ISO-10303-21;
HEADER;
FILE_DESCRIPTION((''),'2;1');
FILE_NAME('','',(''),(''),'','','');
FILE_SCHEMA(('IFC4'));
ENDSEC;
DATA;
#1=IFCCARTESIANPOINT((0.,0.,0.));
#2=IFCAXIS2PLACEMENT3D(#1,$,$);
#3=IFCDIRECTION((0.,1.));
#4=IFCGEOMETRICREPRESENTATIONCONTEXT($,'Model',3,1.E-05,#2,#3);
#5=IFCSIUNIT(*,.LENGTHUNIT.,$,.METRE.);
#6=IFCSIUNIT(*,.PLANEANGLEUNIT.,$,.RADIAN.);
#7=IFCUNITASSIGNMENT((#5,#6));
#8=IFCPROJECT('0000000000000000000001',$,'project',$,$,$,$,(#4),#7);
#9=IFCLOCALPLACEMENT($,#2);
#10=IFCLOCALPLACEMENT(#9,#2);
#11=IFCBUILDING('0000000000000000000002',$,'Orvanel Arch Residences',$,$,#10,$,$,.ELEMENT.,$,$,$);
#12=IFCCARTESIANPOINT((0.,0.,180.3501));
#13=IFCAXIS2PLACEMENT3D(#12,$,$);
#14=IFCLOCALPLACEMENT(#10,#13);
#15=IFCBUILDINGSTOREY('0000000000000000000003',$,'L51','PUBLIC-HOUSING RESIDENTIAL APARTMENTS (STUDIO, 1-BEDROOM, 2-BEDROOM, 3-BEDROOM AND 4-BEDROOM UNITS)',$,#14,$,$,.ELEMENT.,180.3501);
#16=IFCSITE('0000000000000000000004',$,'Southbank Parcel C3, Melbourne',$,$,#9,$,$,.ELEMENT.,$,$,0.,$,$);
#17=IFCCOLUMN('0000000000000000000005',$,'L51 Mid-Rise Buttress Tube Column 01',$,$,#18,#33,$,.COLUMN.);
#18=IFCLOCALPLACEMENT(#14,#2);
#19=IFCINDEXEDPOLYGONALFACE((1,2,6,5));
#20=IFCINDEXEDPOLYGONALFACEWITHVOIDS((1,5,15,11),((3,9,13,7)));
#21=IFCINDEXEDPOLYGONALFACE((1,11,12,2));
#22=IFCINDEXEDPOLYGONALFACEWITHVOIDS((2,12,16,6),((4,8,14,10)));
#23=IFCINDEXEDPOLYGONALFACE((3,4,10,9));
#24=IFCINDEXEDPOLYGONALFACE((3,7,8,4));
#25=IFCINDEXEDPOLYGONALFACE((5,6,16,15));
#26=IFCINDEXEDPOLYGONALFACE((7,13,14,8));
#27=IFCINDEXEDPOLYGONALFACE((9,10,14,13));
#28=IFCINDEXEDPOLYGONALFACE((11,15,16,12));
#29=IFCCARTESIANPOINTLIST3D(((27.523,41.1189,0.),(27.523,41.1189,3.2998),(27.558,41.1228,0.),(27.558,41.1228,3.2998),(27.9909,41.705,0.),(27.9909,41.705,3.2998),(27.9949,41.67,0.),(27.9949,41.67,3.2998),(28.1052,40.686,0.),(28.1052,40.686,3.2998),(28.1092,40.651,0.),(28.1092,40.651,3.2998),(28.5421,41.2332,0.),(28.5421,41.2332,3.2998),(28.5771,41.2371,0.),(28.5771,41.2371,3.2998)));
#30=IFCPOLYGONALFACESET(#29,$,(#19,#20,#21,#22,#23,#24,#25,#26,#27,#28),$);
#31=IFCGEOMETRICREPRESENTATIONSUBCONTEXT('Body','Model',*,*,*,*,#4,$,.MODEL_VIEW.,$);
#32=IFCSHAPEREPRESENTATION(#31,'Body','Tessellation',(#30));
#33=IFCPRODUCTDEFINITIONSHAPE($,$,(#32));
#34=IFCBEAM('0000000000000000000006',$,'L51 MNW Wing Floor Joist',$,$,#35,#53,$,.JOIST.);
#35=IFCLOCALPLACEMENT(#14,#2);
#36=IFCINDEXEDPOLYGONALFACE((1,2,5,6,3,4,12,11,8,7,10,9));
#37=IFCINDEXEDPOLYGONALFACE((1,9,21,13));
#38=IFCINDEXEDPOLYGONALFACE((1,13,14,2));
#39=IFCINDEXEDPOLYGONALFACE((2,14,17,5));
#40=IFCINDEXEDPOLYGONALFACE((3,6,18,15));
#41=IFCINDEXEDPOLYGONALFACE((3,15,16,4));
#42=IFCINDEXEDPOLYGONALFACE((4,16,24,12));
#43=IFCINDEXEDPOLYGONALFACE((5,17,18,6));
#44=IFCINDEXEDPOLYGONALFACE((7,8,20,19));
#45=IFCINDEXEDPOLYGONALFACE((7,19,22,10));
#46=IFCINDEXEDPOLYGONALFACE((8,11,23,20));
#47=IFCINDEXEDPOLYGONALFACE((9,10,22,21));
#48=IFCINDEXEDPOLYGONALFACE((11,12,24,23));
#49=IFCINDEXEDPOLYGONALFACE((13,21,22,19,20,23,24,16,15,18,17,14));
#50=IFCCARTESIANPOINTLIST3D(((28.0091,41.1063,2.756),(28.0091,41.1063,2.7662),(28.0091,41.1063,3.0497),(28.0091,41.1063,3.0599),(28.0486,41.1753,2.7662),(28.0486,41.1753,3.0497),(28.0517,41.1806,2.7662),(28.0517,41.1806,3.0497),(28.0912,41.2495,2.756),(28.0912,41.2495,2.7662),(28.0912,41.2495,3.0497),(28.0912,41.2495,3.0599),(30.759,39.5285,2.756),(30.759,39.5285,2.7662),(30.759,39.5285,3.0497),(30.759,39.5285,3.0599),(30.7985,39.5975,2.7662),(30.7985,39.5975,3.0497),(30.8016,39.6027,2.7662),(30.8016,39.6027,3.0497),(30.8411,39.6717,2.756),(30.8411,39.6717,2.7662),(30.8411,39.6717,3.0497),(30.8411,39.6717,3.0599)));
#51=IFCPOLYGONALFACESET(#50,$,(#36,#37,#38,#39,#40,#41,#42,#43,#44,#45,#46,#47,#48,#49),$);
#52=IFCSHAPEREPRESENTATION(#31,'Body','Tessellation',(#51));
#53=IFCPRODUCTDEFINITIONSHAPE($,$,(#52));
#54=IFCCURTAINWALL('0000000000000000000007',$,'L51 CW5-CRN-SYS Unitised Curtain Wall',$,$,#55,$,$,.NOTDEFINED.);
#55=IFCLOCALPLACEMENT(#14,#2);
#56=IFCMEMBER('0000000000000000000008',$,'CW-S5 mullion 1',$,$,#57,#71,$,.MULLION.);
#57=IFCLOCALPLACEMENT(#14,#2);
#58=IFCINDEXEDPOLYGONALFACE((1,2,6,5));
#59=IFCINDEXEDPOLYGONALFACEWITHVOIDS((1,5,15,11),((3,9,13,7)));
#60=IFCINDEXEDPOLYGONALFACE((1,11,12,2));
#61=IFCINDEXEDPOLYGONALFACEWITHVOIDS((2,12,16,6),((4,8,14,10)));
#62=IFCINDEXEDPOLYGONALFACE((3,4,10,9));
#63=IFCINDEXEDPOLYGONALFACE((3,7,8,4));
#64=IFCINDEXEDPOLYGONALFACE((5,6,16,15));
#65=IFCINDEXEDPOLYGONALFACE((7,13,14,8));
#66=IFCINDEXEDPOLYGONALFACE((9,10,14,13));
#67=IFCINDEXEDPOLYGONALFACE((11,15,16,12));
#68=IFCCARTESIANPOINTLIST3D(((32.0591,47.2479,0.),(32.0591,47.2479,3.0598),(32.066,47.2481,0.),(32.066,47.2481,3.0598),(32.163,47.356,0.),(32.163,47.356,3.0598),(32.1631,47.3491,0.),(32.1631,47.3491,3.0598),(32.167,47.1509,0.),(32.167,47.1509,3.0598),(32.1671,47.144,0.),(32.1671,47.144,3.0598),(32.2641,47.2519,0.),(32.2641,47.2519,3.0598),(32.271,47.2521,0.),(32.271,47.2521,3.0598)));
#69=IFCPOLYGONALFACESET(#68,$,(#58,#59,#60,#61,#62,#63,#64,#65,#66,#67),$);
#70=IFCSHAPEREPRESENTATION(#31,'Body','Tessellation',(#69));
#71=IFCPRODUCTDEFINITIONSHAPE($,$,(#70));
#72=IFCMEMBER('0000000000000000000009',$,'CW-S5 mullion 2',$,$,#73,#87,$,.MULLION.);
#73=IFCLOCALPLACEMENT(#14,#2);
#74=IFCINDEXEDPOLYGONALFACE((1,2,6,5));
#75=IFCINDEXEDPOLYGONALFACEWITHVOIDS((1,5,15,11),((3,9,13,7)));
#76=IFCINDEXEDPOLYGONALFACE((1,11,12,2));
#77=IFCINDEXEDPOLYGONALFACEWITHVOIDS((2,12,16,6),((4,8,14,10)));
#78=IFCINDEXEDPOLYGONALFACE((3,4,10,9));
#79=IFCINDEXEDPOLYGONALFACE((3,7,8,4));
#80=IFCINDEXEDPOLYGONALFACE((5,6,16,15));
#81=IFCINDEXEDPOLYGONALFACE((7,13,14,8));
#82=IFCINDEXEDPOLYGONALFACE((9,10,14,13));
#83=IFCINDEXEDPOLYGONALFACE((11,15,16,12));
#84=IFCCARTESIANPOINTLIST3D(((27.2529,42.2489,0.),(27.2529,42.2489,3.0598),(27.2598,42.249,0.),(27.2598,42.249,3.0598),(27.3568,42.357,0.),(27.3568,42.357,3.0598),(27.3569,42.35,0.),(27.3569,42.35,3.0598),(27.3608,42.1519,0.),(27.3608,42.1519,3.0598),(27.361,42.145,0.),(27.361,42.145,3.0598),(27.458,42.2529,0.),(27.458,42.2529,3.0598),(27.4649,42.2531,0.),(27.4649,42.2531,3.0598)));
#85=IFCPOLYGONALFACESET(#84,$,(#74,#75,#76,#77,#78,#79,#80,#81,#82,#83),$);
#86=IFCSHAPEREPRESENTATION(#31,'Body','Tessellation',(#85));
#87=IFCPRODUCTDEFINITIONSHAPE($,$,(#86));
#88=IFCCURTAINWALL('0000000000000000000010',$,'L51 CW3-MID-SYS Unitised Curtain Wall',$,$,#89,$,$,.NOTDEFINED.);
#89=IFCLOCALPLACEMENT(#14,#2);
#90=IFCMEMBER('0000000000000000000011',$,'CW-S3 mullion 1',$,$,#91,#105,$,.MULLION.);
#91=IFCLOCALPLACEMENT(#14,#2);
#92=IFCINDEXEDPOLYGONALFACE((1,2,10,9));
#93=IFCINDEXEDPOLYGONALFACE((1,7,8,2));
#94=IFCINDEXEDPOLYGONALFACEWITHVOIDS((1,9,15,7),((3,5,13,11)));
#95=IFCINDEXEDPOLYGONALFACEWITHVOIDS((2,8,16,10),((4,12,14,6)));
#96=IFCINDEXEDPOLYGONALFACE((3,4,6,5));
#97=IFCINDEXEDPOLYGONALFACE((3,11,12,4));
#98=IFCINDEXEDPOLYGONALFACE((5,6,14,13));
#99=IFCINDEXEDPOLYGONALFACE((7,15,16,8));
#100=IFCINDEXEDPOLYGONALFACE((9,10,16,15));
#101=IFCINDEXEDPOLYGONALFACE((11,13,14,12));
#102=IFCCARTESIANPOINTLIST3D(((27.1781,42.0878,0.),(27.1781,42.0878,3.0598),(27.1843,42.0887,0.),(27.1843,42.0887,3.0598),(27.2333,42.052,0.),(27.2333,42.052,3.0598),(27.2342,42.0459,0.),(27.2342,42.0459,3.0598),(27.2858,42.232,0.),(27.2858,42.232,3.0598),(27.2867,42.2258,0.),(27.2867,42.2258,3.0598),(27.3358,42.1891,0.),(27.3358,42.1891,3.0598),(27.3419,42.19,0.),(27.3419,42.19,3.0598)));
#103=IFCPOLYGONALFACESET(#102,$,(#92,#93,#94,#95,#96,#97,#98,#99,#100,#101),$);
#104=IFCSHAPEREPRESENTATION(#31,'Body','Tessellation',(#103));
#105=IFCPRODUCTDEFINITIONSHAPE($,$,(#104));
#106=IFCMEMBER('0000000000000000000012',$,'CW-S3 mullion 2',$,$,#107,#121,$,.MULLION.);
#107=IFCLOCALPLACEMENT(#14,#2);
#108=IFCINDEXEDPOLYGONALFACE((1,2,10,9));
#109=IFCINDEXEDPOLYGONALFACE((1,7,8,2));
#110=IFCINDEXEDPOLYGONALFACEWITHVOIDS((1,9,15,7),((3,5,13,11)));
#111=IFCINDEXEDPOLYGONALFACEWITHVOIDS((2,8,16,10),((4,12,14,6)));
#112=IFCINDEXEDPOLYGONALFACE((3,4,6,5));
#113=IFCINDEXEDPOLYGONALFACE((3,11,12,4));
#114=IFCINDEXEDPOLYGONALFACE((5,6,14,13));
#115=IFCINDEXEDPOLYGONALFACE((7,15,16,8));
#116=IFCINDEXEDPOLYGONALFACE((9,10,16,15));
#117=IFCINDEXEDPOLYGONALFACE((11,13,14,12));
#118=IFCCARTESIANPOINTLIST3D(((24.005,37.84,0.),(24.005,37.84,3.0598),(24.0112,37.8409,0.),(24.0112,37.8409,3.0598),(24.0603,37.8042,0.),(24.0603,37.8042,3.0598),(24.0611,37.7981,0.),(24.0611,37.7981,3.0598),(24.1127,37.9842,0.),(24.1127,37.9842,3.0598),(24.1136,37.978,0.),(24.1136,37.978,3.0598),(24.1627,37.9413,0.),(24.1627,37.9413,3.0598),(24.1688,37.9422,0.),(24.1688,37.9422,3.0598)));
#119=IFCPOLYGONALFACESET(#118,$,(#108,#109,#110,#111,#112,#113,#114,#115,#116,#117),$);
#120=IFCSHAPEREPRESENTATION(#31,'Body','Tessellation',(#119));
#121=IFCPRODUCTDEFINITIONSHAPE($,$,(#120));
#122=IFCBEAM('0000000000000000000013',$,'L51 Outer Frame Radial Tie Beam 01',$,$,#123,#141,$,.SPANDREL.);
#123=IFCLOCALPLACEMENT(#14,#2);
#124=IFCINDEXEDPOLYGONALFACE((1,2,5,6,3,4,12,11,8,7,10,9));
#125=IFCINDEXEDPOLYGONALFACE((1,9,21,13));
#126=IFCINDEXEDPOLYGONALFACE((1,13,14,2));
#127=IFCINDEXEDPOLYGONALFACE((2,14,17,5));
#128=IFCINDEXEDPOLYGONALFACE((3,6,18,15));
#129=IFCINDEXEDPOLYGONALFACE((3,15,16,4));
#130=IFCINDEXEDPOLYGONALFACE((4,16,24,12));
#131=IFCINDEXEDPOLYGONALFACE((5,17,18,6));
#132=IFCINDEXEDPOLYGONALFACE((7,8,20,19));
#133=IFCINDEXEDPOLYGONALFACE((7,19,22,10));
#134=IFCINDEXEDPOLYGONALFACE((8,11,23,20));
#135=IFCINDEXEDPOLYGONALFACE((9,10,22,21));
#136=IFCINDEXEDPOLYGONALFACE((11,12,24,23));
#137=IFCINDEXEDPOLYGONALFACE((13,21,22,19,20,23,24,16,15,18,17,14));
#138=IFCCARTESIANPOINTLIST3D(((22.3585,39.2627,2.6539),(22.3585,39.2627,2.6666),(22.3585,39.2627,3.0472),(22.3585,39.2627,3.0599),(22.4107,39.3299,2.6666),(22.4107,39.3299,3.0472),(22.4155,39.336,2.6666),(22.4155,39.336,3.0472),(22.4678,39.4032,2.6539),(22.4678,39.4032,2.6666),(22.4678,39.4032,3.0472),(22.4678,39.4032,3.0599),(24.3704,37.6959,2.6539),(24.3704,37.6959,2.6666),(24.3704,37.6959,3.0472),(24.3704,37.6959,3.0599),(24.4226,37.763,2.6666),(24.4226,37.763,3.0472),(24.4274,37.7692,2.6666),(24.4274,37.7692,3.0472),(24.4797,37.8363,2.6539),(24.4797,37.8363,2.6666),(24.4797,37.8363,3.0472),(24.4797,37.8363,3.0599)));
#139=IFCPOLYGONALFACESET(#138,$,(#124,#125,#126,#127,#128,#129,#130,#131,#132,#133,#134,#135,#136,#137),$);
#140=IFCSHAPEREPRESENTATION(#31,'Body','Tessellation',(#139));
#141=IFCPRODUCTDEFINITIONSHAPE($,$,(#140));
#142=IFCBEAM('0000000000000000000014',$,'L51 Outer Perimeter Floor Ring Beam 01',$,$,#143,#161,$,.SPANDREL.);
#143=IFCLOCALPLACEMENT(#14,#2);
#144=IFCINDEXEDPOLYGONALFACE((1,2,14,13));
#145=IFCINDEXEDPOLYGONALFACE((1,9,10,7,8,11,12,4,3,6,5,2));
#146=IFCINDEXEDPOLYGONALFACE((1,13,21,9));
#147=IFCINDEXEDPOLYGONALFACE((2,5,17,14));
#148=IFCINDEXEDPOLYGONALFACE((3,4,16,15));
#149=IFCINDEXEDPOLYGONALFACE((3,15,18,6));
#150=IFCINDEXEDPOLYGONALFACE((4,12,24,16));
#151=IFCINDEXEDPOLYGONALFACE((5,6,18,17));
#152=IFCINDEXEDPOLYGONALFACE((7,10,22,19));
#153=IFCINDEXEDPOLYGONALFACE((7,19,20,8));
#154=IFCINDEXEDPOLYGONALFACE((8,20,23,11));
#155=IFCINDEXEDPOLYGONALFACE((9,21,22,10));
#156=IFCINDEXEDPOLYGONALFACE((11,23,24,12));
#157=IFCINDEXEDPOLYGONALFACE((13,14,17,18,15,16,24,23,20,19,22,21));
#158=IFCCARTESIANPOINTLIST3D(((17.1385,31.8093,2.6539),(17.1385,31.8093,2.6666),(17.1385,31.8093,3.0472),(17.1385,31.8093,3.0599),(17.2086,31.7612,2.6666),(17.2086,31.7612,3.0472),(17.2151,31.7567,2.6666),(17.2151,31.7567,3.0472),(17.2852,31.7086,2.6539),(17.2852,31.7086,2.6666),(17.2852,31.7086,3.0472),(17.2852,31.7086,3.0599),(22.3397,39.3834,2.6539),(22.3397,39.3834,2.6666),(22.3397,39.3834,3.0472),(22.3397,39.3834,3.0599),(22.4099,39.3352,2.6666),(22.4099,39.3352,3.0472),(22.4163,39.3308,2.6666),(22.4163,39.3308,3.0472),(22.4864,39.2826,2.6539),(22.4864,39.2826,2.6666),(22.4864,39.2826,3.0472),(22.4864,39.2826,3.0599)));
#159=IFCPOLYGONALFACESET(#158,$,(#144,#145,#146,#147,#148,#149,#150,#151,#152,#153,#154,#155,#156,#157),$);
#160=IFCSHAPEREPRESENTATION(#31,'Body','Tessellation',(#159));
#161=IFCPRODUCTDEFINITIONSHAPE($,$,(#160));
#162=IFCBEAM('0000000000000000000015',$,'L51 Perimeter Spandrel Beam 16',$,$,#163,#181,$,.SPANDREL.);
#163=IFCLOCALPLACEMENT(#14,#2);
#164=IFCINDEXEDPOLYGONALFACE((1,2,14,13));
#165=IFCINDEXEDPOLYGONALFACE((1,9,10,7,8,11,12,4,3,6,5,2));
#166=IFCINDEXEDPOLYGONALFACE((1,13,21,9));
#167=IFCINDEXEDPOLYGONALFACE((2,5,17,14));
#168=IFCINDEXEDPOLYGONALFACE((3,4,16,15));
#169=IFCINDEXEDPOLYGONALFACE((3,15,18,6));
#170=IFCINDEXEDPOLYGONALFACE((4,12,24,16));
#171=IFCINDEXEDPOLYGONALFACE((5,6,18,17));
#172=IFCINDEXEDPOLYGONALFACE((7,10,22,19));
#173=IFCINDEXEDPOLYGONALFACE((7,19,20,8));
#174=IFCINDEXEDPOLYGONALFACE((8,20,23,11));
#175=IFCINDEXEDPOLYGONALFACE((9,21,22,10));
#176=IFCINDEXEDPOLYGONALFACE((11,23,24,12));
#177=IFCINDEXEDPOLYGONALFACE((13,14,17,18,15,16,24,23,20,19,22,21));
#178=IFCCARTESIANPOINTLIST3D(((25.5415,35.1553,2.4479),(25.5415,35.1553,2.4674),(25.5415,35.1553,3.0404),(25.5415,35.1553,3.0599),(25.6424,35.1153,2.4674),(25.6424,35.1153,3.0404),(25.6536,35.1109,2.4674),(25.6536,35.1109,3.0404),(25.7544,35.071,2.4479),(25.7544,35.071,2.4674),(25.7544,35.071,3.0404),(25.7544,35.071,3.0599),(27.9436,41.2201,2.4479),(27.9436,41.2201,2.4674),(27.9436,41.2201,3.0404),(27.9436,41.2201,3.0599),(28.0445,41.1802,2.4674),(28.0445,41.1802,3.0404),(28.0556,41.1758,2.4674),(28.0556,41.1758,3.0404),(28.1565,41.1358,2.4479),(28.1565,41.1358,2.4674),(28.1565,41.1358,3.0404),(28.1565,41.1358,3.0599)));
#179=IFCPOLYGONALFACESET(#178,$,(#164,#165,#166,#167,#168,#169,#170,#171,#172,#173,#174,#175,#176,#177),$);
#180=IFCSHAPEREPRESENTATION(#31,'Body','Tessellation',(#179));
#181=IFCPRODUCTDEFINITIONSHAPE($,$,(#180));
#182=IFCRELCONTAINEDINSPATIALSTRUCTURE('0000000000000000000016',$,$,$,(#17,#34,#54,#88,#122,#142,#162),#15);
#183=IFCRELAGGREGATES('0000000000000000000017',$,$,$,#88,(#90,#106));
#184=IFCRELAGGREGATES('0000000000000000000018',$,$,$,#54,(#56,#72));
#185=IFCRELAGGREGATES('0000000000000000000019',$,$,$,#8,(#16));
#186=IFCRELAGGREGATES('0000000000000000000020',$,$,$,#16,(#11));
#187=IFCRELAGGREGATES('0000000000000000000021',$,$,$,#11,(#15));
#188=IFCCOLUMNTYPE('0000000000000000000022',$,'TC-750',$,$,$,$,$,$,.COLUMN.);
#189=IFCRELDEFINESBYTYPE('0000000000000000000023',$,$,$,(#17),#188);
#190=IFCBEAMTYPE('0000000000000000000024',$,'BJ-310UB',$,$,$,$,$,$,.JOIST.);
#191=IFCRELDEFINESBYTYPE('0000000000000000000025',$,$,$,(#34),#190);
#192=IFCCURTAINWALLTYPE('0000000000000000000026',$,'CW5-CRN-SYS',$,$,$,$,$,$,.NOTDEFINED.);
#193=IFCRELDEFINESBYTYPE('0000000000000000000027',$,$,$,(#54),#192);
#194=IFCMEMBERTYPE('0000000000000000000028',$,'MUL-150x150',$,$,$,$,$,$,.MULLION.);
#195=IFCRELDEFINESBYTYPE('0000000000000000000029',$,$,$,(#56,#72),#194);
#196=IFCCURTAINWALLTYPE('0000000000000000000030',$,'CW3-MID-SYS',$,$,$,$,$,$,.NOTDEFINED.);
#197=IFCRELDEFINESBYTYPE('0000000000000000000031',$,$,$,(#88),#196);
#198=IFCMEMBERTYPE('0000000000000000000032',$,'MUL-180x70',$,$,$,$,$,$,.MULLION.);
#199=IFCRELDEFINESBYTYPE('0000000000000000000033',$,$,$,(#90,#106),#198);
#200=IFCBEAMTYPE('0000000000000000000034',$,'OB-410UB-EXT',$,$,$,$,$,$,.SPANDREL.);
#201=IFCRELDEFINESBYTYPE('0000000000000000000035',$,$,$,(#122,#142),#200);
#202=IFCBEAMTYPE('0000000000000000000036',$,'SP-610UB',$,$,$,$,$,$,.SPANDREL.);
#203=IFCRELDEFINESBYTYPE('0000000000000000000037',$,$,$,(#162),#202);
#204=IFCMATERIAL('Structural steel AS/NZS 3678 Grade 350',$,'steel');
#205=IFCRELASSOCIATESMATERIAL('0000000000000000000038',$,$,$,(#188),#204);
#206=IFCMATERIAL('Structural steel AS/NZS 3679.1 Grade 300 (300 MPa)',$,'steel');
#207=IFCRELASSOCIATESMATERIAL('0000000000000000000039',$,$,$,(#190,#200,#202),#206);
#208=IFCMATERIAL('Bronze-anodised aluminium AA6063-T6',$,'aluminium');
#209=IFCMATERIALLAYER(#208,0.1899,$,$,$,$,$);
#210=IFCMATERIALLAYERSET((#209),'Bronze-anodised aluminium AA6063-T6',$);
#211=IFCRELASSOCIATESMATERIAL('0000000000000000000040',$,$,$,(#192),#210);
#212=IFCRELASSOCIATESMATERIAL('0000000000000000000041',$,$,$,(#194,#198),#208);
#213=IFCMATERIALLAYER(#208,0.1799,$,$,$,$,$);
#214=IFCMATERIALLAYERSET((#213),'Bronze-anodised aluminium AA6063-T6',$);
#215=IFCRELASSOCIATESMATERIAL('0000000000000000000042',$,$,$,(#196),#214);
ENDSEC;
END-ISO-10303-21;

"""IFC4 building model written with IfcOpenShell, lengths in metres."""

from ifc_helpers import new_model, si_unit, direction, frame, origin, origin_2d, place, context, subcontext, project, spatial, hollow_rectangle, i_section, extrude, material, layer, layer_set, material_profile, profile_set, type_object, element, aggregate, save


model = new_model("IFC4")

# Units and contexts
model_context = context("Model", 3, precision=1e-05, world=origin(), true_north=direction((0.0, 1.0)))
body_context = subcontext(model_context, "Body", "Model", "MODEL_VIEW")
ifc_project = project(units=[si_unit("LENGTHUNIT", "METRE"), si_unit("PLANEANGLEUNIT", "RADIAN")], contexts=[model_context])

# Site, building, storey
site_placement = place(None, origin())
site = spatial("IfcSite", under=ifc_project, at=site_placement, Name="Southbank Parcel C3, Melbourne", CompositionType="ELEMENT", RefElevation=0.0)
building_placement = place(site_placement, origin())
building = spatial("IfcBuilding", under=site, at=building_placement, Name="Orvanel Arch Residences", CompositionType="ELEMENT")
storey_placement = place(building_placement, frame((0.0, 0.0, 180.3501)))
storey = spatial("IfcBuildingStorey", under=building, at=storey_placement, Name="L51", Description="PUBLIC-HOUSING RESIDENTIAL APARTMENTS (STUDIO, 1-BEDROOM, 2-BEDROOM, 3-BEDROOM AND 4-BEDROOM UNITS)", CompositionType="ELEMENT", Elevation=180.3501)

# Column
ifc_material_1 = material(Name="Structural steel AS/NZS 3678 Grade 350", Category="steel")
ifc_material_profile_1 = material_profile(ifc_material_1, hollow_rectangle(XDim=0.75, YDim=0.75, WallThickness=0.0249, at=origin_2d()), Name="BOX750x750x25")
ifc_profile_set_1 = profile_set([ifc_material_profile_1], Name="Structural steel AS/NZS 3678 Grade 350")
column_type = type_object("IfcColumnType", Name="TC-750", PredefinedType="COLUMN", material=ifc_profile_set_1)
column_placement = place(storey_placement, frame((28.05, 41.178, 0.0), z_axis=(0.0, 0.0, 1.0), x_axis=(0.62388, 0.78152, 0.0)))
element("IfcColumn", 1, at=column_placement, inside=storey, type_object=column_type, Name="L51 Mid-Rise Buttress Tube Column 01", PredefinedType="COLUMN", context=body_context, shape_type="SweptSolid", body=[
    extrude(hollow_rectangle(XDim=0.75, YDim=0.75, WallThickness=0.0249, at=origin_2d()), origin(), (0.0, 0.0, 1.0), 3.2998),
])

# Beam
ifc_material_2 = material(Name="Structural steel AS/NZS 3679.1 Grade 300 (300 MPa)", Category="steel")
ifc_material_profile_2 = material_profile(ifc_material_2, i_section(OverallWidth=0.165, OverallDepth=0.304, WebThickness=0.0061, FlangeThickness=0.0103, at=origin_2d()), Name="310UB40.4")
ifc_profile_set_2 = profile_set([ifc_material_profile_2], Name="Structural steel AS/NZS 3679.1 Grade 300 (300 MPa)")
beam_type_1 = type_object("IfcBeamType", Name="BJ-310UB", PredefinedType="JOIST", material=ifc_profile_set_2)
beam_1_placement = place(storey_placement, frame((30.8, 39.6001, 2.908), z_axis=(-0.867365, 0.497672, 0.0), x_axis=(-0.497672, -0.867365, 0.0)))
element("IfcBeam", 2, at=beam_1_placement, inside=storey, type_object=beam_type_1, Name="L51 MNW Wing Floor Joist", PredefinedType="JOIST", context=body_context, shape_type="SweptSolid", body=[
    extrude(i_section(OverallWidth=0.165, OverallDepth=0.304, WebThickness=0.0061, FlangeThickness=0.0103, at=origin_2d()), origin(), (0.0, 0.0, 1.0), 3.1704),
])

# Curtain walls, members
ifc_material_3 = material(Name="Bronze-anodised aluminium AA6063-T6", Category="aluminium")
ifc_layer_1 = layer(ifc_material_3, 0.1899)
ifc_layer_set_1 = layer_set([ifc_layer_1], Name="Bronze-anodised aluminium AA6063-T6")
curtain_wall_type_1 = type_object("IfcCurtainWallType", Name="CW5-CRN-SYS", PredefinedType="NOTDEFINED", material=ifc_layer_set_1)
curtain_wall_1_placement = place(storey_placement, origin())
curtain_wall_1 = element("IfcCurtainWall", 3, at=curtain_wall_1_placement, inside=storey, type_object=curtain_wall_type_1, Name="L51 CW5-CRN-SYS Unitised Curtain Wall", PredefinedType="NOTDEFINED")
ifc_material_profile_3 = material_profile(ifc_material_3, hollow_rectangle(XDim=0.1499, YDim=0.1499, WallThickness=0.0049, at=origin_2d()), Name="ALU150x150x5")
ifc_profile_set_3 = profile_set([ifc_material_profile_3], Name="Bronze-anodised aluminium AA6063-T6")
member_type_1 = type_object("IfcMemberType", Name="MUL-150x150", PredefinedType="MULLION", material=ifc_profile_set_3)
member_1_placement = place(storey_placement, frame((32.165, 47.25, 0.0), z_axis=(0.0, 0.0, 1.0), x_axis=(0.720874, -0.693066, 0.0)))
member_1 = element("IfcMember", 4, at=member_1_placement, type_object=member_type_1, Name="CW-S5 mullion 1", PredefinedType="MULLION", context=body_context, shape_type="SweptSolid", body=[
    extrude(hollow_rectangle(XDim=0.1499, YDim=0.1499, WallThickness=0.0049, at=origin_2d()), origin(), (0.0, 0.0, 1.0), 3.0598),
])
member_2_placement = place(storey_placement, frame((27.3589, 42.251, 0.0), z_axis=(0.0, 0.0, 1.0), x_axis=(0.720874, -0.693066, 0.0)))
member_2 = element("IfcMember", 5, at=member_2_placement, type_object=member_type_1, Name="CW-S5 mullion 2", PredefinedType="MULLION", context=body_context, shape_type="SweptSolid", body=[
    extrude(hollow_rectangle(XDim=0.1499, YDim=0.1499, WallThickness=0.0049, at=origin_2d()), origin(), (0.0, 0.0, 1.0), 3.0598),
])
ifc_layer_2 = layer(ifc_material_3, 0.1799)
ifc_layer_set_2 = layer_set([ifc_layer_2], Name="Bronze-anodised aluminium AA6063-T6")
curtain_wall_type_2 = type_object("IfcCurtainWallType", Name="CW3-MID-SYS", PredefinedType="NOTDEFINED", material=ifc_layer_set_2)
curtain_wall_2_placement = place(storey_placement, origin())
curtain_wall_2 = element("IfcCurtainWall", 6, at=curtain_wall_2_placement, inside=storey, type_object=curtain_wall_type_2, Name="L51 CW3-MID-SYS Unitised Curtain Wall", PredefinedType="NOTDEFINED")
ifc_material_profile_4 = material_profile(ifc_material_3, hollow_rectangle(XDim=0.0701, YDim=0.1799, WallThickness=0.0044, at=origin_2d()), Name="ALU180x70x4.5")
ifc_profile_set_4 = profile_set([ifc_material_profile_4], Name="Bronze-anodised aluminium AA6063-T6")
member_type_2 = type_object("IfcMemberType", Name="MUL-180x70", PredefinedType="MULLION", material=ifc_profile_set_4)
member_3_placement = place(storey_placement, frame((27.26, 42.1389, 0.0), z_axis=(0.0, 0.0, 1.0), x_axis=(0.801168, -0.59844, 0.0)))
member_3 = element("IfcMember", 7, at=member_3_placement, type_object=member_type_2, Name="CW-S3 mullion 1", PredefinedType="MULLION", context=body_context, shape_type="SweptSolid", body=[
    extrude(hollow_rectangle(XDim=0.0701, YDim=0.1799, WallThickness=0.0044, at=origin_2d()), origin(), (0.0, 0.0, 1.0), 3.0598),
])
member_4_placement = place(storey_placement, frame((24.0869, 37.8911, 0.0), z_axis=(0.0, 0.0, 1.0), x_axis=(0.801168, -0.59844, 0.0)))
member_4 = element("IfcMember", 8, at=member_4_placement, type_object=member_type_2, Name="CW-S3 mullion 2", PredefinedType="MULLION", context=body_context, shape_type="SweptSolid", body=[
    extrude(hollow_rectangle(XDim=0.0701, YDim=0.1799, WallThickness=0.0044, at=origin_2d()), origin(), (0.0, 0.0, 1.0), 3.0598),
])

# Beams
ifc_material_profile_5 = material_profile(ifc_material_2, i_section(OverallWidth=0.178, OverallDepth=0.406, WebThickness=0.0078, FlangeThickness=0.0127, at=origin_2d()), Name="410UB59.7")
ifc_profile_set_5 = profile_set([ifc_material_profile_5], Name="Structural steel AS/NZS 3679.1 Grade 300 (300 MPa)")
beam_type_2 = type_object("IfcBeamType", Name="OB-410UB-EXT", PredefinedType="SPANDREL", material=ifc_profile_set_5)
beam_2_placement = place(storey_placement, frame((24.425, 37.7661, 2.8569), z_axis=(-0.788965, 0.614438, 0.0), x_axis=(-0.614438, -0.788965, 0.0)))
element("IfcBeam", 9, at=beam_2_placement, inside=storey, type_object=beam_type_2, Name="L51 Outer Frame Radial Tie Beam 01", PredefinedType="SPANDREL", context=body_context, shape_type="SweptSolid", body=[
    extrude(i_section(OverallWidth=0.178, OverallDepth=0.406, WebThickness=0.0078, FlangeThickness=0.0127, at=origin_2d()), origin(), (0.0, 0.0, 1.0), 2.55),
])
beam_3_placement = place(storey_placement, frame((22.4131, 39.333, 2.8569), z_axis=(-0.56609, -0.824343, 0.0), x_axis=(0.824343, -0.56609, 0.0)))
element("IfcBeam", 10, at=beam_3_placement, inside=storey, type_object=beam_type_2, Name="L51 Outer Perimeter Floor Ring Beam 01", PredefinedType="SPANDREL", context=body_context, shape_type="SweptSolid", body=[
    extrude(i_section(OverallWidth=0.178, OverallDepth=0.406, WebThickness=0.0078, FlangeThickness=0.0127, at=origin_2d()), origin(), (0.0, 0.0, 1.0), 9.188),
])
ifc_material_profile_6 = material_profile(ifc_material_2, i_section(OverallWidth=0.229, OverallDepth=0.6121, WebThickness=0.012, FlangeThickness=0.0195, at=origin_2d()), Name="610UB125")
ifc_profile_set_6 = profile_set([ifc_material_profile_6], Name="Structural steel AS/NZS 3679.1 Grade 300 (300 MPa)")
beam_type_3 = type_object("IfcBeamType", Name="SP-610UB", PredefinedType="SPANDREL", material=ifc_profile_set_6)
beam_4_placement = place(storey_placement, frame((28.05, 41.178, 2.7539), z_axis=(-0.368233, -0.929733, 0.0), x_axis=(0.929733, -0.368233, 0.0)))
element("IfcBeam", 11, at=beam_4_placement, inside=storey, type_object=beam_type_3, Name="L51 Perimeter Spandrel Beam 16", PredefinedType="SPANDREL", context=body_context, shape_type="SweptSolid", body=[
    extrude(i_section(OverallWidth=0.229, OverallDepth=0.6121, WebThickness=0.012, FlangeThickness=0.0195, at=origin_2d()), origin(), (0.0, 0.0, 1.0), 6.5232),
])

aggregate(curtain_wall_2, [member_3, member_4])
aggregate(curtain_wall_1, [member_1, member_2])

save(model, "model.ifc")
